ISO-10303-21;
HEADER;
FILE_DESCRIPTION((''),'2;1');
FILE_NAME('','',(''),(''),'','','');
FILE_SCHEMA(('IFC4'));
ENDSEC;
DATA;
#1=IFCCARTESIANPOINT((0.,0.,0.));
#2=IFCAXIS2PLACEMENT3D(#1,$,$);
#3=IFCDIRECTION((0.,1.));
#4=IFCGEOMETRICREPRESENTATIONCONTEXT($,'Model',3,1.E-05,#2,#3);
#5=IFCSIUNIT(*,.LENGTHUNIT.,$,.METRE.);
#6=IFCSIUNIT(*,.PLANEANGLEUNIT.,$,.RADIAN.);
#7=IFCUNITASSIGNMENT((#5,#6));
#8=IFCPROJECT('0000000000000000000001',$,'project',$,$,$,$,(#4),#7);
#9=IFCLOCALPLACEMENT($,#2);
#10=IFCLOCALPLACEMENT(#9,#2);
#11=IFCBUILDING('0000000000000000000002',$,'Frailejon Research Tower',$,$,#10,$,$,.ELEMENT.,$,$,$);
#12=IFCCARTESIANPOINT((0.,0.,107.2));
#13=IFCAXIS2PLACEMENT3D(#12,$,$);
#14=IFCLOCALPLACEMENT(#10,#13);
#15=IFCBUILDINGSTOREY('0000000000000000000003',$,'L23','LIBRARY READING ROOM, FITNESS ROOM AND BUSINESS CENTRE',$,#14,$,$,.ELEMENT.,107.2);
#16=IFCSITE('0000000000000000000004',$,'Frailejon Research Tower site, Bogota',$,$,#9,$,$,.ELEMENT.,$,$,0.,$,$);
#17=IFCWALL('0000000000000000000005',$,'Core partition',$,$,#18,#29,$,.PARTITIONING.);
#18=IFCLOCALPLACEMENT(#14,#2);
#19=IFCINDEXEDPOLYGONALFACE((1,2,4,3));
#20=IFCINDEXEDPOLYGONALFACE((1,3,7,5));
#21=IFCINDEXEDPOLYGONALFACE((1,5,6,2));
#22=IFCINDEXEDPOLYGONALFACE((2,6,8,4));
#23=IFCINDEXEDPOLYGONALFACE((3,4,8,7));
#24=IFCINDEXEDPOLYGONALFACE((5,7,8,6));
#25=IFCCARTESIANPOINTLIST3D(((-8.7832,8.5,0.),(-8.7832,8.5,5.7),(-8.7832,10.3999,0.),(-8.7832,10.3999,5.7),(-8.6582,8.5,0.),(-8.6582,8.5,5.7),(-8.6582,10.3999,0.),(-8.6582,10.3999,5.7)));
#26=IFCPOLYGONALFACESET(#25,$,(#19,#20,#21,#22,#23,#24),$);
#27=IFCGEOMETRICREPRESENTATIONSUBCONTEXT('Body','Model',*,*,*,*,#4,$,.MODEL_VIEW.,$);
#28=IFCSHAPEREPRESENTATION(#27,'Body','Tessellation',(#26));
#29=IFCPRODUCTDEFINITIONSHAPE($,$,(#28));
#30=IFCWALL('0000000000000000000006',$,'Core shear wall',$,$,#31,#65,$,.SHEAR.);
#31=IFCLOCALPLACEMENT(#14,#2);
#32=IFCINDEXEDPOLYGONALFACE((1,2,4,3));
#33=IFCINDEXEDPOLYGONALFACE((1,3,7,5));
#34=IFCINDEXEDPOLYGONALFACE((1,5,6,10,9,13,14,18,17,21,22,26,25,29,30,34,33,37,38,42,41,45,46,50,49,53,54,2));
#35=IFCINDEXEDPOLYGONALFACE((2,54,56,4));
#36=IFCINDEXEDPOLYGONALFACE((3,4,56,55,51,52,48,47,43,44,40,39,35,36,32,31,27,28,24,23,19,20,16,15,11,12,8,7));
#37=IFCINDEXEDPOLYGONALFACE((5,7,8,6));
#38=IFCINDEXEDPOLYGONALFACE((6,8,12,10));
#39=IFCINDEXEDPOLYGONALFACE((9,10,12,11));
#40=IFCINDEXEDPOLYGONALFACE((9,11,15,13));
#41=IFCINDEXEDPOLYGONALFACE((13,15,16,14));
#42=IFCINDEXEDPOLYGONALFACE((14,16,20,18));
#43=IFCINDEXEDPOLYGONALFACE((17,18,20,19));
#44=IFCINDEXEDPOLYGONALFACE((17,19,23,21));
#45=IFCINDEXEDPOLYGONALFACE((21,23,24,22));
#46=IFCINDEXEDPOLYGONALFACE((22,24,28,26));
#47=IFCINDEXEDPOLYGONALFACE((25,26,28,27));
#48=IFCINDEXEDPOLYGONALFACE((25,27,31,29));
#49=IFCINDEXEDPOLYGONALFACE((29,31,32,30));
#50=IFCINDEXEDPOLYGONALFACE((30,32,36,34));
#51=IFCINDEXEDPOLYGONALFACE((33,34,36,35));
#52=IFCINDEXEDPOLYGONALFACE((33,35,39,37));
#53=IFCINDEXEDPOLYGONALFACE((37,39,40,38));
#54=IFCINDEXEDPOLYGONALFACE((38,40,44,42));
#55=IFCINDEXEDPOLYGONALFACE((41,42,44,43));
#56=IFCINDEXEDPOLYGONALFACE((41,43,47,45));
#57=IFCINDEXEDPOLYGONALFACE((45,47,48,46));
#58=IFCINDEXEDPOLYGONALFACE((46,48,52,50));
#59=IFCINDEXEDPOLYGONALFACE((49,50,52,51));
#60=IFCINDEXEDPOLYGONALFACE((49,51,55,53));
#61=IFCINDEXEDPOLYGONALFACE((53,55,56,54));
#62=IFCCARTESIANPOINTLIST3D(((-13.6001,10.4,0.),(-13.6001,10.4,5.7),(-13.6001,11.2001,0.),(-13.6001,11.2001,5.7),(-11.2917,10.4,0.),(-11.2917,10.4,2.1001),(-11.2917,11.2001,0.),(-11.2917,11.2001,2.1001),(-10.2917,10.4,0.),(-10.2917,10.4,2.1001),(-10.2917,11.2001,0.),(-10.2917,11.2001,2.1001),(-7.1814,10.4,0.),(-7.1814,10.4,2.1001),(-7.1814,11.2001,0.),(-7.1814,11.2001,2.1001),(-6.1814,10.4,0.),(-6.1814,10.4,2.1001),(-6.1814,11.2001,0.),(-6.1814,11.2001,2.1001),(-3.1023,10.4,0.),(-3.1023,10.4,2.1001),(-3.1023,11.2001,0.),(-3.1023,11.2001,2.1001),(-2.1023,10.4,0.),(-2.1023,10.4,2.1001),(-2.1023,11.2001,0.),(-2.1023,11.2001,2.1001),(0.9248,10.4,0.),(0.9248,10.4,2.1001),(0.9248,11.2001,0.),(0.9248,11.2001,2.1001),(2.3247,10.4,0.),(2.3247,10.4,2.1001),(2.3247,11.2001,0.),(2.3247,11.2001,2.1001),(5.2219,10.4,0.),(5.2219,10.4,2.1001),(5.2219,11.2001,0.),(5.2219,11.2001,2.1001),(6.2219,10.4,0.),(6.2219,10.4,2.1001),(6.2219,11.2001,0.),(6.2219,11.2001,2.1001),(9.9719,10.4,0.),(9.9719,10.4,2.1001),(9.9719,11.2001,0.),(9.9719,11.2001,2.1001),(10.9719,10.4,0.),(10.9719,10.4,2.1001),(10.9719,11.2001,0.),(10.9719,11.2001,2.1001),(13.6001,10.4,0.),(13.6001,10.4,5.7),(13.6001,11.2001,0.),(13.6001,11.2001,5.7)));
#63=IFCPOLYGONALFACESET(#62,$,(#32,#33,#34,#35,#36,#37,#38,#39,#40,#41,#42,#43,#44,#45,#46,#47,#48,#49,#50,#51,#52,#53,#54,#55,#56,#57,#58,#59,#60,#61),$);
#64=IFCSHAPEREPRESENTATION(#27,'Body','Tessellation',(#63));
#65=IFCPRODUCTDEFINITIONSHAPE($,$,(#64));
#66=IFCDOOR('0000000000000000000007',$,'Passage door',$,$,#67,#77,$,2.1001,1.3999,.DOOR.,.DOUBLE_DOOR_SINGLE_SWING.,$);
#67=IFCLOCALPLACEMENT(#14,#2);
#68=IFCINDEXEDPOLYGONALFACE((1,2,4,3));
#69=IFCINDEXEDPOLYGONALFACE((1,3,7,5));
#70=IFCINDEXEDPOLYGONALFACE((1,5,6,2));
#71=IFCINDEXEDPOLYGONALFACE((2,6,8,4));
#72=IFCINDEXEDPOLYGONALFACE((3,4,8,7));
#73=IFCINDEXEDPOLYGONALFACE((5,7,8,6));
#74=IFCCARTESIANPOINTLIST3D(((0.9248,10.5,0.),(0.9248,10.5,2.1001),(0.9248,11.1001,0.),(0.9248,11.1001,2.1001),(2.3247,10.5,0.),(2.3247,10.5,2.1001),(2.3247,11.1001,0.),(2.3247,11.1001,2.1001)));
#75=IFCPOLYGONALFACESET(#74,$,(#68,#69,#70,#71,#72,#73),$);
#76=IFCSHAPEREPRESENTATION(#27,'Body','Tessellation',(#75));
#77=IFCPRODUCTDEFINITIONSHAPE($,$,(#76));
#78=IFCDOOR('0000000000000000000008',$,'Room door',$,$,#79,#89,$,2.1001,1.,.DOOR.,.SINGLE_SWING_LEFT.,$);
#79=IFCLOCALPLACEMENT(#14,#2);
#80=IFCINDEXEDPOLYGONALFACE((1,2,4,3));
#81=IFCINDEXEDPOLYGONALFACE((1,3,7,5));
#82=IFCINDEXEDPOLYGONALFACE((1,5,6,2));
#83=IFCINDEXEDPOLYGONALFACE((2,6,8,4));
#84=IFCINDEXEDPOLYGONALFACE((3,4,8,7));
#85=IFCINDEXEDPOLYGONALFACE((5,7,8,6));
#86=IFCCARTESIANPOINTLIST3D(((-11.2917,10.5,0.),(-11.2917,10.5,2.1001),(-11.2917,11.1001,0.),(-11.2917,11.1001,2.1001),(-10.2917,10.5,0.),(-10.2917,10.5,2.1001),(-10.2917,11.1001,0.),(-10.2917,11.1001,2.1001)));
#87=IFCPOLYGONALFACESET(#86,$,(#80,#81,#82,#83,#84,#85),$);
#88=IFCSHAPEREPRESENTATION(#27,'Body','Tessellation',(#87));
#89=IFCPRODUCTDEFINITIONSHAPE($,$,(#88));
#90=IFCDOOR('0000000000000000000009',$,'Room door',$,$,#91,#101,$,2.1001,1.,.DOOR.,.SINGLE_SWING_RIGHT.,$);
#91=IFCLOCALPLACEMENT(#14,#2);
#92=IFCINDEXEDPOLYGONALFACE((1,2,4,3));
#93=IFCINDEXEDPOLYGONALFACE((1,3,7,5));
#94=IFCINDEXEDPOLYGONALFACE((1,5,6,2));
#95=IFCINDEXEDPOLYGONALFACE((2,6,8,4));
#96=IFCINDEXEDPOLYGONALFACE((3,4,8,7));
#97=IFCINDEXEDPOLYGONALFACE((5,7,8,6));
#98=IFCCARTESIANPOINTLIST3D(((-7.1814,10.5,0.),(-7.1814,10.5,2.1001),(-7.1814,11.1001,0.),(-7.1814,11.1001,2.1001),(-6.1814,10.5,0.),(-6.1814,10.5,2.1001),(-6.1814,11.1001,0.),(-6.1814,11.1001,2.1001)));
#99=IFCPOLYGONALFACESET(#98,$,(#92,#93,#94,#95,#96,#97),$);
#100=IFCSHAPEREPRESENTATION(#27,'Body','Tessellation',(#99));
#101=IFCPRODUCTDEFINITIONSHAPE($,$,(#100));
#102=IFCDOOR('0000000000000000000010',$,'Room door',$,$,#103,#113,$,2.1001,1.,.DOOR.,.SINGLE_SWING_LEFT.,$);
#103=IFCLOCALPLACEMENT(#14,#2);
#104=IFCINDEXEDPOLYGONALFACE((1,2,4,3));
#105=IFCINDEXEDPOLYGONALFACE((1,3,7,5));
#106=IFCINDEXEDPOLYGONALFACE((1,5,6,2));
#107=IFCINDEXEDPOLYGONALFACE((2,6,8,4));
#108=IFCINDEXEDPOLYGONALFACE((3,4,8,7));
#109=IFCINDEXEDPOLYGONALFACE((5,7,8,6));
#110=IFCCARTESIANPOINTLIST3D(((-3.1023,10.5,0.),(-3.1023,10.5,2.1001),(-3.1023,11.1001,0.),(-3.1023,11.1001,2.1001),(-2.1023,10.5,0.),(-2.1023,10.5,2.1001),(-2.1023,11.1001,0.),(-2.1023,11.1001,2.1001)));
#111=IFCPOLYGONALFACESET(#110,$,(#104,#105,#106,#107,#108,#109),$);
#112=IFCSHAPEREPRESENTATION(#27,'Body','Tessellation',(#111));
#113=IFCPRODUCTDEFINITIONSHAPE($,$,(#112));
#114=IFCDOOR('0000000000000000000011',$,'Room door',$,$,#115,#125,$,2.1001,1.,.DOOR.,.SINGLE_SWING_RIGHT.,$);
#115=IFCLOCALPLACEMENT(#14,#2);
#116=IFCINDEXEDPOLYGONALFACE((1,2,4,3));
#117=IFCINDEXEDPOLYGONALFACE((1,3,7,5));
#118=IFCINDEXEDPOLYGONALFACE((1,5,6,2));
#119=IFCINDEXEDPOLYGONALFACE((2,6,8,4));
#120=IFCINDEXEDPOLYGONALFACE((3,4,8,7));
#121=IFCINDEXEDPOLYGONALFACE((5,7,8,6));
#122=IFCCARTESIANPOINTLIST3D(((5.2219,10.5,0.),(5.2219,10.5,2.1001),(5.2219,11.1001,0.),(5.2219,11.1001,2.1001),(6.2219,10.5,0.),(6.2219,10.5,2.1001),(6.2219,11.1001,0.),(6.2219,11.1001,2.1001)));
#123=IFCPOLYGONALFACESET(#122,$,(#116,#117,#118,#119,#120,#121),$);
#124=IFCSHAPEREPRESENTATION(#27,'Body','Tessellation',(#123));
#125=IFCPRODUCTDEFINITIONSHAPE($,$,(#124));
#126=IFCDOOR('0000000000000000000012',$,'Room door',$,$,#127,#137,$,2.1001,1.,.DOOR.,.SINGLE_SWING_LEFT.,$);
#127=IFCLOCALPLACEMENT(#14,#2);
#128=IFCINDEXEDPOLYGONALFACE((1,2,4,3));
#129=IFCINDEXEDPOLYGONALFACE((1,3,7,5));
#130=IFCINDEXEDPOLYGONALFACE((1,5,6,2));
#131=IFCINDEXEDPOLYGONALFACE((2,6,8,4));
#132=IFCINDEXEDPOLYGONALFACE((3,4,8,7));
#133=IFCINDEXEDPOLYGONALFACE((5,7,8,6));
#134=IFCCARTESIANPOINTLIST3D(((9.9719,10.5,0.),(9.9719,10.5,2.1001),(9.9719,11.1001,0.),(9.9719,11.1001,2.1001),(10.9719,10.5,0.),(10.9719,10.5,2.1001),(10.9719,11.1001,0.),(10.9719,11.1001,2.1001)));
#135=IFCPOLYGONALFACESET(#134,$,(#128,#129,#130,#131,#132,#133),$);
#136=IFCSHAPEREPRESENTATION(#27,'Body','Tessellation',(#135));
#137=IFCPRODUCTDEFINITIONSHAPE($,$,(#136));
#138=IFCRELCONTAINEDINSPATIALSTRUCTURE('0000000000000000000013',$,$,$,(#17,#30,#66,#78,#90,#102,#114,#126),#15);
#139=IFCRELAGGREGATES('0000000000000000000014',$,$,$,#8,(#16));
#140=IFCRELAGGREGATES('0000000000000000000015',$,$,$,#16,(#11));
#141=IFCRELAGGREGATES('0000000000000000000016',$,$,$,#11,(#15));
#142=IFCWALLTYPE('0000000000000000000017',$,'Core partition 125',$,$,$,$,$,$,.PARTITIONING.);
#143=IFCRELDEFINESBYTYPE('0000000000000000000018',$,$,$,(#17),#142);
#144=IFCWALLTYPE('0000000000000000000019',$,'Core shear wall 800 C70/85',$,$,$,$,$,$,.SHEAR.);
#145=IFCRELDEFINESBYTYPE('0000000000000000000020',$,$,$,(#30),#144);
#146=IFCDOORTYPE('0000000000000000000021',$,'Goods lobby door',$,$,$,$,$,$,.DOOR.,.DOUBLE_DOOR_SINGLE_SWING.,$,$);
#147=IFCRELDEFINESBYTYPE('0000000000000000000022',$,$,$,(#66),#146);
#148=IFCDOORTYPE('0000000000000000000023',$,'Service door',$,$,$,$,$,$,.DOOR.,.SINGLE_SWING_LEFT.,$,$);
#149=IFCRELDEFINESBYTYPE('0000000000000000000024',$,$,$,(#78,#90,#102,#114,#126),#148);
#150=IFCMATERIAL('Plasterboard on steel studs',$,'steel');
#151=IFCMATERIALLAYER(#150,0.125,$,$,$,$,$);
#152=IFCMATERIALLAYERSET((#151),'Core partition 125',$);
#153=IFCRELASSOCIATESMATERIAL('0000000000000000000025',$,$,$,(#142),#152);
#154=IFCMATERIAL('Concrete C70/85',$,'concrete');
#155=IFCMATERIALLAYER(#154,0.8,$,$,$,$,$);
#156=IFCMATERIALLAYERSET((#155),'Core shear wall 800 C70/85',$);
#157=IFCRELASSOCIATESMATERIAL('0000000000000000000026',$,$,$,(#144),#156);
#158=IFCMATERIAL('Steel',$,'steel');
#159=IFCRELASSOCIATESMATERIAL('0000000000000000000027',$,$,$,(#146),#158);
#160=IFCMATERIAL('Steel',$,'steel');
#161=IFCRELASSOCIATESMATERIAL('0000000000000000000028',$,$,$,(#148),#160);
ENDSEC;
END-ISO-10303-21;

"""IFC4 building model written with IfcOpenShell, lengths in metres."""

from ifc_helpers import new_model, si_unit, direction, frame, frame_2d, origin, place, context, subcontext, project, spatial, rectangle, extrude, material, layer, layer_set, type_object, element, fill, save


model = new_model("IFC4")

# Units and contexts
model_context = context("Model", 3, precision=1e-05, world=origin(), true_north=direction((0.0, 1.0)))
body_context = subcontext(model_context, "Body", "Model", "MODEL_VIEW")
ifc_project = project(units=[si_unit("LENGTHUNIT", "METRE"), si_unit("PLANEANGLEUNIT", "RADIAN")], contexts=[model_context])

# Site, building, storey
site_placement = place(None, origin())
site = spatial("IfcSite", under=ifc_project, at=site_placement, Name="Frailejon Research Tower site, Bogota", CompositionType="ELEMENT", RefElevation=0.0)
building_placement = place(site_placement, origin())
building = spatial("IfcBuilding", under=site, at=building_placement, Name="Frailejon Research Tower", CompositionType="ELEMENT")
storey_placement = place(building_placement, frame((0.0, 0.0, 107.2)))
storey = spatial("IfcBuildingStorey", under=building, at=storey_placement, Name="L23", Description="LIBRARY READING ROOM, FITNESS ROOM AND BUSINESS CENTRE", CompositionType="ELEMENT", Elevation=107.2)

# Wall
ifc_material_1 = material(Name="Plasterboard on steel studs", Category="steel")
ifc_layer_1 = layer(ifc_material_1, 0.125)
ifc_layer_set_1 = layer_set([ifc_layer_1], Name="Core partition 125")
wall_type_1 = type_object("IfcWallType", Name="Core partition 125", PredefinedType="PARTITIONING", material=ifc_layer_set_1)
wall_1_placement = place(storey_placement, frame((-8.7207, 8.5, 0.0), z_axis=(0.0, 0.0, 1.0), x_axis=(0.0, 1.0, 0.0)))
element("IfcWall", 1, at=wall_1_placement, inside=storey, type_object=wall_type_1, Name="Core partition", PredefinedType="PARTITIONING", context=body_context, shape_type="SweptSolid", body=[
    extrude(rectangle(XDim=1.8999, YDim=0.125, at=frame_2d((0.95, 0.0))), origin(), (0.0, 0.0, 1.0), 5.7),
])

# Wall, openings, doors
ifc_material_2 = material(Name="Concrete C70/85", Category="concrete")
ifc_layer_2 = layer(ifc_material_2, 0.8)
ifc_layer_set_2 = layer_set([ifc_layer_2], Name="Core shear wall 800 C70/85")
wall_type_2 = type_object("IfcWallType", Name="Core shear wall 800 C70/85", PredefinedType="SHEAR", material=ifc_layer_set_2)
wall_2_placement = place(storey_placement, frame((-13.6001, 10.8, 0.0), z_axis=(0.0, 0.0, 1.0), x_axis=(1.0, 0.0, 0.0)))
wall_2 = element("IfcWall", 2, at=wall_2_placement, inside=storey, type_object=wall_type_2, Name="Core shear wall", PredefinedType="SHEAR", context=body_context, shape_type="SweptSolid", body=[
    extrude(rectangle(XDim=27.2002, YDim=0.8, at=frame_2d((13.6001, 0.0))), origin(), (0.0, 0.0, 1.0), 5.7),
])
opening_1_placement = place(wall_2_placement, frame((2.3083, 0.0, 0.0)))
opening_1 = element("IfcOpeningElement", 3, at=opening_1_placement, cuts=wall_2, PredefinedType="OPENING", context=body_context, shape_type="SweptSolid", body=[
    extrude(rectangle(XDim=1.0, YDim=2.1001, at=frame_2d((0.5, 1.05))), frame((0.0, 0.4099, 0.0), z_axis=(0.0, -1.0, 0.0), x_axis=(1.0, 0.0, 0.0)), (0.0, 0.0, 1.0), 0.8201),
])
opening_2_placement = place(wall_2_placement, frame((6.4187, 0.0, 0.0)))
opening_2 = element("IfcOpeningElement", 4, at=opening_2_placement, cuts=wall_2, PredefinedType="OPENING", context=body_context, shape_type="SweptSolid", body=[
    extrude(rectangle(XDim=1.0, YDim=2.1001, at=frame_2d((0.5, 1.05))), frame((0.0, 0.4099, 0.0), z_axis=(0.0, -1.0, 0.0), x_axis=(1.0, 0.0, 0.0)), (0.0, 0.0, 1.0), 0.8201),
])
opening_3_placement = place(wall_2_placement, frame((10.4978, 0.0, 0.0)))
opening_3 = element("IfcOpeningElement", 5, at=opening_3_placement, cuts=wall_2, PredefinedType="OPENING", context=body_context, shape_type="SweptSolid", body=[
    extrude(rectangle(XDim=1.0, YDim=2.1001, at=frame_2d((0.5, 1.05))), frame((0.0, 0.4099, 0.0), z_axis=(0.0, -1.0, 0.0), x_axis=(1.0, 0.0, 0.0)), (0.0, 0.0, 1.0), 0.8201),
])
opening_4_placement = place(wall_2_placement, frame((18.822, 0.0, 0.0)))
opening_4 = element("IfcOpeningElement", 6, at=opening_4_placement, cuts=wall_2, PredefinedType="OPENING", context=body_context, shape_type="SweptSolid", body=[
    extrude(rectangle(XDim=1.0, YDim=2.1001, at=frame_2d((0.5, 1.05))), frame((0.0, 0.4099, 0.0), z_axis=(0.0, -1.0, 0.0), x_axis=(1.0, 0.0, 0.0)), (0.0, 0.0, 1.0), 0.8201),
])
opening_5_placement = place(wall_2_placement, frame((23.572, 0.0, 0.0)))
opening_5 = element("IfcOpeningElement", 7, at=opening_5_placement, cuts=wall_2, PredefinedType="OPENING", context=body_context, shape_type="SweptSolid", body=[
    extrude(rectangle(XDim=1.0, YDim=2.1001, at=frame_2d((0.5, 1.05))), frame((0.0, 0.4099, 0.0), z_axis=(0.0, -1.0, 0.0), x_axis=(1.0, 0.0, 0.0)), (0.0, 0.0, 1.0), 0.8201),
])
opening_6_placement = place(wall_2_placement, frame((14.5249, 0.0, 0.0)))
opening_6 = element("IfcOpeningElement", 8, at=opening_6_placement, cuts=wall_2, PredefinedType="OPENING", context=body_context, shape_type="SweptSolid", body=[
    extrude(rectangle(XDim=1.3999, YDim=2.1001, at=frame_2d((0.7, 1.05))), frame((0.0, 0.4099, 0.0), z_axis=(0.0, -1.0, 0.0), x_axis=(1.0, 0.0, 0.0)), (0.0, 0.0, 1.0), 0.8201),
])
ifc_material_3 = material(Name="Steel", Category="steel")
door_type_1 = type_object("IfcDoorType", Name="Goods lobby door", OperationType="DOUBLE_DOOR_SINGLE_SWING", PredefinedType="DOOR", material=ifc_material_3)
door_1_placement = place(opening_6_placement, origin())
door_1 = element("IfcDoor", 9, at=door_1_placement, inside=storey, type_object=door_type_1, Name="Passage door", OperationType="DOUBLE_DOOR_SINGLE_SWING", OverallHeight=2.1001, OverallWidth=1.3999, PredefinedType="DOOR", context=body_context, shape_type="SweptSolid", body=[
    extrude(rectangle(XDim=1.3999, YDim=2.1001, at=frame_2d((0.7, 1.05))), frame((0.0, 0.3, 0.0), z_axis=(0.0, -1.0, 0.0), x_axis=(1.0, 0.0, 0.0)), (0.0, 0.0, 1.0), 0.6001),
])
fill(opening_6, door_1)
ifc_material_4 = material(Name="Steel", Category="steel")
door_type_2 = type_object("IfcDoorType", Name="Service door", OperationType="SINGLE_SWING_LEFT", PredefinedType="DOOR", material=ifc_material_4)
door_2_placement = place(opening_1_placement, origin())
door_2 = element("IfcDoor", 10, at=door_2_placement, inside=storey, type_object=door_type_2, Name="Room door", OperationType="SINGLE_SWING_LEFT", OverallHeight=2.1001, OverallWidth=1.0, PredefinedType="DOOR", context=body_context, shape_type="SweptSolid", body=[
    extrude(rectangle(XDim=1.0, YDim=2.1001, at=frame_2d((0.5, 1.05))), frame((0.0, 0.3, 0.0), z_axis=(0.0, -1.0, 0.0), x_axis=(1.0, 0.0, 0.0)), (0.0, 0.0, 1.0), 0.6001),
])
fill(opening_1, door_2)
door_3_placement = place(opening_2_placement, origin())
door_3 = element("IfcDoor", 11, at=door_3_placement, inside=storey, type_object=door_type_2, Name="Room door", OperationType="SINGLE_SWING_RIGHT", OverallHeight=2.1001, OverallWidth=1.0, PredefinedType="DOOR", context=body_context, shape_type="SweptSolid", body=[
    extrude(rectangle(XDim=1.0, YDim=2.1001, at=frame_2d((0.5, 1.05))), frame((0.0, 0.3, 0.0), z_axis=(0.0, -1.0, 0.0), x_axis=(1.0, 0.0, 0.0)), (0.0, 0.0, 1.0), 0.6001),
])
fill(opening_2, door_3)
door_4_placement = place(opening_3_placement, origin())
door_4 = element("IfcDoor", 12, at=door_4_placement, inside=storey, type_object=door_type_2, Name="Room door", OperationType="SINGLE_SWING_LEFT", OverallHeight=2.1001, OverallWidth=1.0, PredefinedType="DOOR", context=body_context, shape_type="SweptSolid", body=[
    extrude(rectangle(XDim=1.0, YDim=2.1001, at=frame_2d((0.5, 1.05))), frame((0.0, 0.3, 0.0), z_axis=(0.0, -1.0, 0.0), x_axis=(1.0, 0.0, 0.0)), (0.0, 0.0, 1.0), 0.6001),
])
fill(opening_3, door_4)
door_5_placement = place(opening_4_placement, origin())
door_5 = element("IfcDoor", 13, at=door_5_placement, inside=storey, type_object=door_type_2, Name="Room door", OperationType="SINGLE_SWING_RIGHT", OverallHeight=2.1001, OverallWidth=1.0, PredefinedType="DOOR", context=body_context, shape_type="SweptSolid", body=[
    extrude(rectangle(XDim=1.0, YDim=2.1001, at=frame_2d((0.5, 1.05))), frame((0.0, 0.3, 0.0), z_axis=(0.0, -1.0, 0.0), x_axis=(1.0, 0.0, 0.0)), (0.0, 0.0, 1.0), 0.6001),
])
fill(opening_4, door_5)
door_6_placement = place(opening_5_placement, origin())
door_6 = element("IfcDoor", 14, at=door_6_placement, inside=storey, type_object=door_type_2, Name="Room door", OperationType="SINGLE_SWING_LEFT", OverallHeight=2.1001, OverallWidth=1.0, PredefinedType="DOOR", context=body_context, shape_type="SweptSolid", body=[
    extrude(rectangle(XDim=1.0, YDim=2.1001, at=frame_2d((0.5, 1.05))), frame((0.0, 0.3, 0.0), z_axis=(0.0, -1.0, 0.0), x_axis=(1.0, 0.0, 0.0)), (0.0, 0.0, 1.0), 0.6001),
])
fill(opening_5, door_6)

save(model, "model.ifc")
